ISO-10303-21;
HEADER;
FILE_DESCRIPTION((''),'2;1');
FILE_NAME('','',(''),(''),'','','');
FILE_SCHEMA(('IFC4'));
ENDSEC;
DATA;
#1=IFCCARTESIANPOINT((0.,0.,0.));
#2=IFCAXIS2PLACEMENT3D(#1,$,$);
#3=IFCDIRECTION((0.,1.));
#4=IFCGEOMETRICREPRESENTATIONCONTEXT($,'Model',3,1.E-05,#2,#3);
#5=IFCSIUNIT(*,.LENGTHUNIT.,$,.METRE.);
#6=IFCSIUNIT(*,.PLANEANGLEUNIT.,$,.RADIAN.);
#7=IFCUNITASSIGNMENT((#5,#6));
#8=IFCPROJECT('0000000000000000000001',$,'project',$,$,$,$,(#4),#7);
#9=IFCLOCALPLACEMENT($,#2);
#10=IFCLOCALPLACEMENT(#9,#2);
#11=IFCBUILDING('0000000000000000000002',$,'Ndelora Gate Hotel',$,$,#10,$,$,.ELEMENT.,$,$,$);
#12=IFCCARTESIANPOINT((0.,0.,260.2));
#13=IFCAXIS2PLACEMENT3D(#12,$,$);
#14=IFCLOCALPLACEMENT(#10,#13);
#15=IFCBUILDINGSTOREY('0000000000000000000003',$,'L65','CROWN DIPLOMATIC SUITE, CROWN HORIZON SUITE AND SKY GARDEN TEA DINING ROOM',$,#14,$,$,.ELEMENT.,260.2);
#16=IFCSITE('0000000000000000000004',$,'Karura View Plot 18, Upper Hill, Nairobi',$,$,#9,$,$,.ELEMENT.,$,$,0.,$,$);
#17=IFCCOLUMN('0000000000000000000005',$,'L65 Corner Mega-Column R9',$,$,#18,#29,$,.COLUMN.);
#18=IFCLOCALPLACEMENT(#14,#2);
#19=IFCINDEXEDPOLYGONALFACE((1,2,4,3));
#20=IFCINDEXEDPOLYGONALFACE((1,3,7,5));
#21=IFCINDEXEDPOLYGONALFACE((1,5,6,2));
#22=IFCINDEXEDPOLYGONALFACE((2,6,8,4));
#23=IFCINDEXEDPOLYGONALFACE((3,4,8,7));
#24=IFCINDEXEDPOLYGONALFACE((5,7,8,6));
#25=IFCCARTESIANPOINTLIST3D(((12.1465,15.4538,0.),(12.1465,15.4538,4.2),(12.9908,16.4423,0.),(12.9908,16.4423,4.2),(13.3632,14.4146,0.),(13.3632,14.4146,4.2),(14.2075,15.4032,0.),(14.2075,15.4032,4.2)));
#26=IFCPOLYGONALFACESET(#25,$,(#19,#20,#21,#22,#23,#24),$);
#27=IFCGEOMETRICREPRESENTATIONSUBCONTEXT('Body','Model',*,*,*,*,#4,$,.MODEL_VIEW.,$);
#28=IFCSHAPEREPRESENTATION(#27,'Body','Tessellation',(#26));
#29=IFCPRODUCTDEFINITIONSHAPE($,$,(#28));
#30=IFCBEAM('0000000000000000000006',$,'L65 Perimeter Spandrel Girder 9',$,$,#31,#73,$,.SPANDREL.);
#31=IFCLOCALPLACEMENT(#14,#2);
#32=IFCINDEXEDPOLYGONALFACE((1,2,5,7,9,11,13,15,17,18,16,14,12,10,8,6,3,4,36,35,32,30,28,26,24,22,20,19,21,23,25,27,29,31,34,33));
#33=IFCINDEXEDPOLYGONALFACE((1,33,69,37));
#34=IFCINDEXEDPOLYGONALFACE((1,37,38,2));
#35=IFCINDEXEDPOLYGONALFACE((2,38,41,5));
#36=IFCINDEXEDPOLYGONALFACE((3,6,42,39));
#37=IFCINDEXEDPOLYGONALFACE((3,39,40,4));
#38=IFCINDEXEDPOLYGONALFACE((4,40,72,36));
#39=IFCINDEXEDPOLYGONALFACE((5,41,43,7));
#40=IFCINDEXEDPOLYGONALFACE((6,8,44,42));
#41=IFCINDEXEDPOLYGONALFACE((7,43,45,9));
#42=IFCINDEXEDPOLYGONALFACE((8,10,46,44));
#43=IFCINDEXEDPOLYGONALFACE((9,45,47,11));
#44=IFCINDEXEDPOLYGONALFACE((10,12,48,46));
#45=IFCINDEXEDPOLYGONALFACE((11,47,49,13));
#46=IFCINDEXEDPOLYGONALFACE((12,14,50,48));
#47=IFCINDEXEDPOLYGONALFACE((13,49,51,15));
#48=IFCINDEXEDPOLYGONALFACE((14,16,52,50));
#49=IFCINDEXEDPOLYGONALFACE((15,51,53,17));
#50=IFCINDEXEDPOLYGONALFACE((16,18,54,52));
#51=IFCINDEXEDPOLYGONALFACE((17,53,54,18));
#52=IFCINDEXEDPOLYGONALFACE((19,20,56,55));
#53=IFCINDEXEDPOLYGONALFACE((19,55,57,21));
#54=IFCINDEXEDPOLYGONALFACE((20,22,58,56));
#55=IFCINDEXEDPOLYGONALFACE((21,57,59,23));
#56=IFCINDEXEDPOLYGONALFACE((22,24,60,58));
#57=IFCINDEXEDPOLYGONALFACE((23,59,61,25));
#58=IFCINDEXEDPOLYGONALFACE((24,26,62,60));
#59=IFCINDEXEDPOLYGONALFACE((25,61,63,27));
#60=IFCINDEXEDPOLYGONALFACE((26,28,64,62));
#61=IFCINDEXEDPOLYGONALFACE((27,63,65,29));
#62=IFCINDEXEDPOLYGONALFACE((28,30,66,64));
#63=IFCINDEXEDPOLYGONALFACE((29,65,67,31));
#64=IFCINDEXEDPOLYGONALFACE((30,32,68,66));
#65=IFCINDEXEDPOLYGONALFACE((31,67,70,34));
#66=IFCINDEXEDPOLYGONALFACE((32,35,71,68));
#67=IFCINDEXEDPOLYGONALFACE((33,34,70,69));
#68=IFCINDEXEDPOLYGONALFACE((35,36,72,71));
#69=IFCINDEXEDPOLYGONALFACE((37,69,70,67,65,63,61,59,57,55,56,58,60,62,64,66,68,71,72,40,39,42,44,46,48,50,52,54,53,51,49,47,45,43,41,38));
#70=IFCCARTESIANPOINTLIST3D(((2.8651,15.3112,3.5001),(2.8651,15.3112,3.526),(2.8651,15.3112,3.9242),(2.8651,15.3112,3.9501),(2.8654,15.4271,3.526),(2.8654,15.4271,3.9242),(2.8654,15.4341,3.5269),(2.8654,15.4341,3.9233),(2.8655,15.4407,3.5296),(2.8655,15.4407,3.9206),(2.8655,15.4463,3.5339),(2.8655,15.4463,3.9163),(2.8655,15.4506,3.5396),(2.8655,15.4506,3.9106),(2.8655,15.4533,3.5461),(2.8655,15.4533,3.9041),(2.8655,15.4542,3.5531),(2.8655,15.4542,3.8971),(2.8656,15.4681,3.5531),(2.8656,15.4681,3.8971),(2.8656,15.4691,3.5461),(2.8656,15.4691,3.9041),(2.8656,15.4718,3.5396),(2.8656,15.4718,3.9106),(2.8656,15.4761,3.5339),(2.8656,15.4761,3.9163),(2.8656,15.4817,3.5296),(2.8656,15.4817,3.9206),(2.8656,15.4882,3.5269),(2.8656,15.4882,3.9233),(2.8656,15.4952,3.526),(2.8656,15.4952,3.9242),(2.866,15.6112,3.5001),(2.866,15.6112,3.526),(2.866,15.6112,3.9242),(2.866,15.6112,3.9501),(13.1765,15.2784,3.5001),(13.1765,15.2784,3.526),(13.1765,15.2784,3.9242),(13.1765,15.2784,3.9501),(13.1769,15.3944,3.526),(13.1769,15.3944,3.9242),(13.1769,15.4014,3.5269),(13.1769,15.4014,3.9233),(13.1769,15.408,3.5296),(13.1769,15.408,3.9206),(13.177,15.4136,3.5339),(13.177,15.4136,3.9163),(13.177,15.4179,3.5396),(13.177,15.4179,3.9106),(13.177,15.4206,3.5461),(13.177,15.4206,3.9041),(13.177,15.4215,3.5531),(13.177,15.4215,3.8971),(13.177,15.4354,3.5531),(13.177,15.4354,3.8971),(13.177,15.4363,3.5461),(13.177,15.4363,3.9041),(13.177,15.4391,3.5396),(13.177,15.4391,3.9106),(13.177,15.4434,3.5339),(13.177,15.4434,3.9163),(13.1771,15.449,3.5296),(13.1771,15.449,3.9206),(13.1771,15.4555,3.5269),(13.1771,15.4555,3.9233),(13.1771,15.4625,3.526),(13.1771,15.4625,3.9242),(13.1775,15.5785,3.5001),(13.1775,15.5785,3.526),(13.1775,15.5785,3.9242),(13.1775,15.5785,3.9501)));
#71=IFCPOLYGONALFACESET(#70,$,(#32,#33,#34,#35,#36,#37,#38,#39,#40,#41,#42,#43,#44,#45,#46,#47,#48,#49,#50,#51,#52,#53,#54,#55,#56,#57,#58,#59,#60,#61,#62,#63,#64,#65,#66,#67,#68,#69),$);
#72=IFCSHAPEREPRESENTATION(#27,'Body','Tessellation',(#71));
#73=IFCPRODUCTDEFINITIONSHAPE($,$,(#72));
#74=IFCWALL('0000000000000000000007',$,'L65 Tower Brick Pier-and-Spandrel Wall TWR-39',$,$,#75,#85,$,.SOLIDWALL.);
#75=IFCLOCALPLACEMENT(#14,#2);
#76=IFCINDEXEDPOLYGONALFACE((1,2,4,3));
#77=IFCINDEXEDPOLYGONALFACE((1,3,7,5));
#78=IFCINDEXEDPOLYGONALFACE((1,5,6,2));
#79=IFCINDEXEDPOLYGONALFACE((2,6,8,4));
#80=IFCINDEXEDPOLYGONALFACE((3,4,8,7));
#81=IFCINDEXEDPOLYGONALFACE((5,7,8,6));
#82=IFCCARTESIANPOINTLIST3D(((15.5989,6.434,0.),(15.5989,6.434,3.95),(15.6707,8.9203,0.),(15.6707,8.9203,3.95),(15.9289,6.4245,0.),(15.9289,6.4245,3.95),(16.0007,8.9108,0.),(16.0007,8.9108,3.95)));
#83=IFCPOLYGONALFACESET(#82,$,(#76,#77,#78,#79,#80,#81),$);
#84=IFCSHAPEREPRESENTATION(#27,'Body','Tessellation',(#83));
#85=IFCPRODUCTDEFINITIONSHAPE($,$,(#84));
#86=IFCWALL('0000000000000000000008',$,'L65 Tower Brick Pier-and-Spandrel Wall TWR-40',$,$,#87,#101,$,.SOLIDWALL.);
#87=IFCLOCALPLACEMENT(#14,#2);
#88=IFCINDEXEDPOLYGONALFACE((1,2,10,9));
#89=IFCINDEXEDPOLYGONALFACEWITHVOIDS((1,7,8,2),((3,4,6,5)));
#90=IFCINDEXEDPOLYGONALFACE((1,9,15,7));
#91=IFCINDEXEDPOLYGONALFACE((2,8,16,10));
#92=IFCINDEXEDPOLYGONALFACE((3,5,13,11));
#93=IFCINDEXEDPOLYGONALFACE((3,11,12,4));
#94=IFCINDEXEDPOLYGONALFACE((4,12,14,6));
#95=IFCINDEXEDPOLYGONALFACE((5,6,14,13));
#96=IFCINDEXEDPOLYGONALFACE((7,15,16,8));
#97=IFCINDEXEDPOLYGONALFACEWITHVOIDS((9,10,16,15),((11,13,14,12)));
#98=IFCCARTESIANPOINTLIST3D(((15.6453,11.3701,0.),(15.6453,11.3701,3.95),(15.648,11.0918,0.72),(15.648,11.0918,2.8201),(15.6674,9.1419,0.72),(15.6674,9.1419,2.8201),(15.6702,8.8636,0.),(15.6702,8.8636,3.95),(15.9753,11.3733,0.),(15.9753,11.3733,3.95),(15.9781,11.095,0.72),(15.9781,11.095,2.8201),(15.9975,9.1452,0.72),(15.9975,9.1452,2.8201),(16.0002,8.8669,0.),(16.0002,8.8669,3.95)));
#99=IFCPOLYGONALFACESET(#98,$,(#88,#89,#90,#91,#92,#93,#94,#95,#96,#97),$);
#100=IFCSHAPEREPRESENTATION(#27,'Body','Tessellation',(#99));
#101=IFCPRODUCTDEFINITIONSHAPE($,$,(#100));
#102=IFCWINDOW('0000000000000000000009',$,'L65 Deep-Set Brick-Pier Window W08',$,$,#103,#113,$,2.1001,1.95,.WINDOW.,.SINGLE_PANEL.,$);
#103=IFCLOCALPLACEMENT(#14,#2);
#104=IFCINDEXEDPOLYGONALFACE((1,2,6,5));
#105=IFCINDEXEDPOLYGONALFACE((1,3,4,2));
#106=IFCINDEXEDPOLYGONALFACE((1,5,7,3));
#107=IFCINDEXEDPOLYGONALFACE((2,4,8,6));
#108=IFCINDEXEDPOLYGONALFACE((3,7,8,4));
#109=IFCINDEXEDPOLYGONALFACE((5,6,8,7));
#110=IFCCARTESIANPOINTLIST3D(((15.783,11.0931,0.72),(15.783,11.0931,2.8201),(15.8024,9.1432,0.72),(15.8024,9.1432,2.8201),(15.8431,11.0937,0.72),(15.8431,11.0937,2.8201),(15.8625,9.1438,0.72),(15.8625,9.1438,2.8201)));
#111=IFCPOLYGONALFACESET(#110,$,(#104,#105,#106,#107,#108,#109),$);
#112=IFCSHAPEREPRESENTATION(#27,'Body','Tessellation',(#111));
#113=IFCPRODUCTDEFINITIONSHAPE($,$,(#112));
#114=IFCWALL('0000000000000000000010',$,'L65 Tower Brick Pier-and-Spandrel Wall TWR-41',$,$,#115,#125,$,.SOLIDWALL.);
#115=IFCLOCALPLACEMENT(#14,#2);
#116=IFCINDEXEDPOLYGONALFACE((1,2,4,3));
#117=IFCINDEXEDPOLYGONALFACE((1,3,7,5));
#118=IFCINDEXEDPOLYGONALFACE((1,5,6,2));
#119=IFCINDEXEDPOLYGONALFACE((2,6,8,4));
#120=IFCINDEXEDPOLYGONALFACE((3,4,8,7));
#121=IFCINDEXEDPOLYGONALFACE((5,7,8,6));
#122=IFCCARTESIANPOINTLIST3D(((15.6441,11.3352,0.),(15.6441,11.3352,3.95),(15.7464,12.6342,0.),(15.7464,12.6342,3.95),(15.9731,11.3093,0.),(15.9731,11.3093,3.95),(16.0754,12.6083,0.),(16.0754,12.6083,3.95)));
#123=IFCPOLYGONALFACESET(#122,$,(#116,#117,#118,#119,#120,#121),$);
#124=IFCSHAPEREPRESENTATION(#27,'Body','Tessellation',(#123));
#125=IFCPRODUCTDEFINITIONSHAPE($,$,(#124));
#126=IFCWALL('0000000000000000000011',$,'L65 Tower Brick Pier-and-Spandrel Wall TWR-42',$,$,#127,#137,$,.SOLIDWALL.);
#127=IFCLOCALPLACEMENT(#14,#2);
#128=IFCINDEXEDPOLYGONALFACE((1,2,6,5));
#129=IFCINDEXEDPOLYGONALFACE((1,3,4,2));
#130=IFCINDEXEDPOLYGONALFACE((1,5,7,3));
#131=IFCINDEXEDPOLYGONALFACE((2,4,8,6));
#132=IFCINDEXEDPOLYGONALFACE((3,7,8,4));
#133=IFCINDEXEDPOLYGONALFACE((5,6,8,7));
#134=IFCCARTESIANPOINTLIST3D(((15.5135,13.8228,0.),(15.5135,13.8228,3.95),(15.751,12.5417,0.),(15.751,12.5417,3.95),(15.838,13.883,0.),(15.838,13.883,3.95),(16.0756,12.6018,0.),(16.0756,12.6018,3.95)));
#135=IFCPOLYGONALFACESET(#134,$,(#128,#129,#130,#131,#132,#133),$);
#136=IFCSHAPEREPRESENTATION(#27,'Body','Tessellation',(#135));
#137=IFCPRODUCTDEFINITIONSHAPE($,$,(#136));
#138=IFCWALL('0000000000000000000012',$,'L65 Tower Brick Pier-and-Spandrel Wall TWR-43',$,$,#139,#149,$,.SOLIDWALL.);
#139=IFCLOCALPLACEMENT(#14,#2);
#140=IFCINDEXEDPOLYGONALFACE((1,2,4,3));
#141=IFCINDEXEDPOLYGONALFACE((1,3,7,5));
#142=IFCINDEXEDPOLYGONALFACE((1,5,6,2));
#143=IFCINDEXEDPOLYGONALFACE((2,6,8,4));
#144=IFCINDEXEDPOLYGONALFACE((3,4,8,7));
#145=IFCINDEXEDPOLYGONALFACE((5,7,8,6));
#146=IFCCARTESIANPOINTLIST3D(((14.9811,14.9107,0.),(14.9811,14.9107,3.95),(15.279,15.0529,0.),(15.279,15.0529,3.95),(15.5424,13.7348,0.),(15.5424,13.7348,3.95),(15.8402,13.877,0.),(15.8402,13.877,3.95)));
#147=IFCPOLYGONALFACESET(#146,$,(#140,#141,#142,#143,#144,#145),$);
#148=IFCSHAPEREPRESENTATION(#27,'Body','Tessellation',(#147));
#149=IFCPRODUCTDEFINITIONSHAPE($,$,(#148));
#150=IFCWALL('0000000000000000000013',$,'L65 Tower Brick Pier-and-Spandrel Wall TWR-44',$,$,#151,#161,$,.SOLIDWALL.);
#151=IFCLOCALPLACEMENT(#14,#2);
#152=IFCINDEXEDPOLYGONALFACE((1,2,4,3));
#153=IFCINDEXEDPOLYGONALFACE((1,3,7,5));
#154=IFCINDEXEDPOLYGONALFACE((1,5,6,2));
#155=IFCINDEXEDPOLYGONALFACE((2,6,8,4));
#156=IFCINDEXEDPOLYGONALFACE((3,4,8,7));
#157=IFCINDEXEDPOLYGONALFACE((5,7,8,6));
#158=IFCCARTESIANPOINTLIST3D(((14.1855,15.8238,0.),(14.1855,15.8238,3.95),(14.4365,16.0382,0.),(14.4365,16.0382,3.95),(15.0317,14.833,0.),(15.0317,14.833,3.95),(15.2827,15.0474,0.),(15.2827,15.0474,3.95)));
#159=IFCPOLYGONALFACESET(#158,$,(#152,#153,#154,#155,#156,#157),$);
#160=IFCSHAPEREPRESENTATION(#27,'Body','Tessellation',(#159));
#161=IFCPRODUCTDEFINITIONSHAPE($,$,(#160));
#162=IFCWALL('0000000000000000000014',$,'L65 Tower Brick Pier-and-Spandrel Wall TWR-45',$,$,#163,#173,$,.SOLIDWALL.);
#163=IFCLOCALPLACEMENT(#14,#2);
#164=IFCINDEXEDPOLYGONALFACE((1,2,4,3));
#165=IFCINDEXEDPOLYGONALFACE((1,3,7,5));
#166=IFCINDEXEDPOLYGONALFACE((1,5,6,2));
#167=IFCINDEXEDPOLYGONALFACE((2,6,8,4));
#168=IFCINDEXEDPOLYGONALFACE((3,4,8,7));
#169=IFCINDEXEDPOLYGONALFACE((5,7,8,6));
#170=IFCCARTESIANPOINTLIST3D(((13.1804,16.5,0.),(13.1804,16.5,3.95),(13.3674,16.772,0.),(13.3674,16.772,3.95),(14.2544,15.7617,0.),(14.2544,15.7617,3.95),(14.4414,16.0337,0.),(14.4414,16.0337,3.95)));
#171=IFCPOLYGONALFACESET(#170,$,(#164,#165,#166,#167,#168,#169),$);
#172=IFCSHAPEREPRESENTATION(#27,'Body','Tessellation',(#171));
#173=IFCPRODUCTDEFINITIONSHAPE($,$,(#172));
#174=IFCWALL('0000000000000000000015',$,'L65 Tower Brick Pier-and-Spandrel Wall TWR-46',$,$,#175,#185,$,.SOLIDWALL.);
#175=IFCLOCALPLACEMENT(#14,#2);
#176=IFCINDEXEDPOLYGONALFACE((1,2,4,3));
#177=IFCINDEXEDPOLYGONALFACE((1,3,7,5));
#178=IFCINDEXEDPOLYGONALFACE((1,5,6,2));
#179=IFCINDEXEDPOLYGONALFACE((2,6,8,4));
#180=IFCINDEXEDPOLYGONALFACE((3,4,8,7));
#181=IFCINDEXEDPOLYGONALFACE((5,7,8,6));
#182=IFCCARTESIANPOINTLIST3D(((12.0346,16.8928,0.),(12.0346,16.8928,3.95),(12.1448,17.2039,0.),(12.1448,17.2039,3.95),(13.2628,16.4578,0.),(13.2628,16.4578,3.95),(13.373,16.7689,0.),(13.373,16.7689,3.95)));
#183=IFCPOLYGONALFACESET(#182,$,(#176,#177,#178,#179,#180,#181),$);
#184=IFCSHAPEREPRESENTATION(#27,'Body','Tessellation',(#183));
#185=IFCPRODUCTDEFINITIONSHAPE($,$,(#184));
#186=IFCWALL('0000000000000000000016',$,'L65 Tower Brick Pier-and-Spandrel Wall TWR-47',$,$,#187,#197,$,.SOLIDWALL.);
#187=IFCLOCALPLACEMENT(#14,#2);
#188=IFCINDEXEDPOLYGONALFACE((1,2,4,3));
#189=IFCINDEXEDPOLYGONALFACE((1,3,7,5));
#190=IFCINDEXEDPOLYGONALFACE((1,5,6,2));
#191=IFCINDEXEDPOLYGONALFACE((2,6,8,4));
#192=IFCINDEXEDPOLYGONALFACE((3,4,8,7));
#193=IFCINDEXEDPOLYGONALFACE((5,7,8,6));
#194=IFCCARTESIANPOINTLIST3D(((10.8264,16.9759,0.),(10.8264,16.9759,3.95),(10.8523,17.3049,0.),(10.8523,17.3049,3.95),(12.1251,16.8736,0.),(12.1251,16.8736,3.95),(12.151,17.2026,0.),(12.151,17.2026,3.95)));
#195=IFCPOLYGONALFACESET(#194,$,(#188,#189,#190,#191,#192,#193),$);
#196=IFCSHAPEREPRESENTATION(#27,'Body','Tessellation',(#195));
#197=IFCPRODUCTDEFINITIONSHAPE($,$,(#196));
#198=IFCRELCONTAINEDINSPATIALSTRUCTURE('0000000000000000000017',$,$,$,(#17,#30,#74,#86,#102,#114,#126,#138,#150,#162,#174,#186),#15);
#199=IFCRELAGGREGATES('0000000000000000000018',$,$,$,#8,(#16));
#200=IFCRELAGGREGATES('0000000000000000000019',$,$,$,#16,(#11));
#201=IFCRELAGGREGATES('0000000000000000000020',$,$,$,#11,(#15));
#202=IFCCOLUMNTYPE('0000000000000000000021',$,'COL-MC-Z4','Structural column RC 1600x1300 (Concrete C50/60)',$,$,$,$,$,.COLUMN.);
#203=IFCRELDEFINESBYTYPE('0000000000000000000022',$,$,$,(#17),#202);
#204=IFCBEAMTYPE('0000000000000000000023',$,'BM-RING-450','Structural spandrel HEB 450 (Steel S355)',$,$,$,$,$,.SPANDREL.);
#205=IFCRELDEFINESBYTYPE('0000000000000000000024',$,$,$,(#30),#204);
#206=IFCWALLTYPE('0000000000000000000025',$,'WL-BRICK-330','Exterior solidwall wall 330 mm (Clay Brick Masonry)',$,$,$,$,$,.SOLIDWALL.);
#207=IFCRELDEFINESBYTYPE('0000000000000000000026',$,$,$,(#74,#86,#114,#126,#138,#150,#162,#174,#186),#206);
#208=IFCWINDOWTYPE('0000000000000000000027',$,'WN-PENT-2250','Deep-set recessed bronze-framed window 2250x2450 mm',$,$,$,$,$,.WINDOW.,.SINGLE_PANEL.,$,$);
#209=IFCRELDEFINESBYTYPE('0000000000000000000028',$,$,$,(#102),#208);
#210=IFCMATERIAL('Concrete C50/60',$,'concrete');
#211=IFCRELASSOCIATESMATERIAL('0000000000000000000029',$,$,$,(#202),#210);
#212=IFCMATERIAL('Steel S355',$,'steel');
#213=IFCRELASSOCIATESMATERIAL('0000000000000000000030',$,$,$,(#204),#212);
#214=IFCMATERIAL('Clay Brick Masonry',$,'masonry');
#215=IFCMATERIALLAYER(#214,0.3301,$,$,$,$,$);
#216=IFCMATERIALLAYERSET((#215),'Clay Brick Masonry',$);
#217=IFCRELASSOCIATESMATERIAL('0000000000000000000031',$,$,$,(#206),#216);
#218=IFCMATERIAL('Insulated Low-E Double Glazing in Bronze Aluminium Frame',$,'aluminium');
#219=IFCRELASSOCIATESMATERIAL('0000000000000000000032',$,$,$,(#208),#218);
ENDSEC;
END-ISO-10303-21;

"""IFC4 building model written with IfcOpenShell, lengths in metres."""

from ifc_helpers import new_model, si_unit, direction, frame, frame_2d, origin, origin_2d, place, context, subcontext, project, spatial, rectangle, i_section, extrude, material, layer, layer_set, material_profile, profile_set, type_object, element, fill, save


model = new_model("IFC4")

# Units and contexts
model_context = context("Model", 3, precision=1e-05, world=origin(), true_north=direction((0.0, 1.0)))
body_context = subcontext(model_context, "Body", "Model", "MODEL_VIEW")
ifc_project = project(units=[si_unit("LENGTHUNIT", "METRE"), si_unit("PLANEANGLEUNIT", "RADIAN")], contexts=[model_context])

# Site, building, storey
site_placement = place(None, origin())
site = spatial("IfcSite", under=ifc_project, at=site_placement, Name="Karura View Plot 18, Upper Hill, Nairobi", CompositionType="ELEMENT", RefElevation=0.0)
building_placement = place(site_placement, origin())
building = spatial("IfcBuilding", under=site, at=building_placement, Name="Ndelora Gate Hotel", CompositionType="ELEMENT")
storey_placement = place(building_placement, frame((0.0, 0.0, 260.2)))
storey = spatial("IfcBuildingStorey", under=building, at=storey_placement, Name="L65", Description="CROWN DIPLOMATIC SUITE, CROWN HORIZON SUITE AND SKY GARDEN TEA DINING ROOM", CompositionType="ELEMENT", Elevation=260.2)

# Column
ifc_material_1 = material(Name="Concrete C50/60", Category="concrete")
ifc_material_profile_1 = material_profile(ifc_material_1, rectangle(XDim=1.3, YDim=1.6001, at=origin_2d()), Name="RC 1600x1300")
ifc_profile_set_1 = profile_set([ifc_material_profile_1], Name="Concrete C50/60")
column_type = type_object("IfcColumnType", Name="COL-MC-Z4", Description="Structural column RC 1600x1300 (Concrete C50/60)", PredefinedType="COLUMN", material=ifc_profile_set_1)
column_placement = place(storey_placement, frame((13.177, 15.4285, 0.0), z_axis=(0.0, 0.0, 1.0), x_axis=(0.649448, 0.760406, 0.0)))
element("IfcColumn", 1, at=column_placement, inside=storey, type_object=column_type, Name="L65 Corner Mega-Column R9", PredefinedType="COLUMN", context=body_context, shape_type="SweptSolid", body=[
    extrude(rectangle(XDim=1.3, YDim=1.6001, at=origin_2d()), origin(), (0.0, 0.0, 1.0), 4.2),
])

# Beam
ifc_material_2 = material(Name="Steel S355", Category="steel")
ifc_material_profile_2 = material_profile(ifc_material_2, i_section(OverallWidth=0.3, OverallDepth=0.45, WebThickness=0.0139, FlangeThickness=0.0259, FilletRadius=0.0271, at=origin_2d()), Name="HEB 450")
ifc_profile_set_2 = profile_set([ifc_material_profile_2], Name="Steel S355")
beam_type = type_object("IfcBeamType", Name="BM-RING-450", Description="Structural spandrel HEB 450 (Steel S355)", PredefinedType="SPANDREL", material=ifc_profile_set_2)
beam_placement = place(storey_placement, frame((13.177, 15.4285, 3.7251), z_axis=(-0.999995, 0.003173, 0.0), x_axis=(-0.003173, -0.999995, 0.0)))
element("IfcBeam", 2, at=beam_placement, inside=storey, type_object=beam_type, Name="L65 Perimeter Spandrel Girder 9", PredefinedType="SPANDREL", context=body_context, shape_type="SweptSolid", body=[
    extrude(i_section(OverallWidth=0.3, OverallDepth=0.45, WebThickness=0.0139, FlangeThickness=0.0259, FilletRadius=0.0271, at=origin_2d()), origin(), (0.0, 0.0, 1.0), 10.3115),
])

# Wall
ifc_material_3 = material(Name="Clay Brick Masonry", Category="masonry")
ifc_layer_1 = layer(ifc_material_3, 0.3301)
ifc_layer_set_1 = layer_set([ifc_layer_1], Name="Clay Brick Masonry")
wall_type_1 = type_object("IfcWallType", Name="WL-BRICK-330", Description="Exterior solidwall wall 330 mm (Clay Brick Masonry)", PredefinedType="SOLIDWALL", material=ifc_layer_set_1)
wall_1_placement = place(storey_placement, frame((15.8357, 8.9155, 0.0), z_axis=(0.0, 0.0, 1.0), x_axis=(-0.028857, -0.999584, 0.0)))
element("IfcWall", 3, at=wall_1_placement, inside=storey, type_object=wall_type_1, Name="L65 Tower Brick Pier-and-Spandrel Wall TWR-39", PredefinedType="SOLIDWALL", context=body_context, shape_type="SweptSolid", body=[
    extrude(rectangle(XDim=2.4873, YDim=0.3301, at=frame_2d((1.2437, 0.0))), origin(), (0.0, 0.0, 1.0), 3.95),
])

# Wall, opening, window
wall_2_placement = place(storey_placement, frame((15.8103, 11.3718, 0.0), z_axis=(0.0, 0.0, 1.0), x_axis=(0.009935, -0.999951, 0.0)))
wall_2 = element("IfcWall", 4, at=wall_2_placement, inside=storey, type_object=wall_type_1, Name="L65 Tower Brick Pier-and-Spandrel Wall TWR-40", PredefinedType="SOLIDWALL", context=body_context, shape_type="SweptSolid", body=[
    extrude(rectangle(XDim=2.5066, YDim=0.3301, at=frame_2d((1.2534, 0.0))), origin(), (0.0, 0.0, 1.0), 3.95),
])
opening_1_placement = place(wall_2_placement, frame((0.2783, 0.0, 0.72)))
opening_1 = element("IfcOpeningElement", 5, at=opening_1_placement, cuts=wall_2, PredefinedType="OPENING", context=body_context, shape_type="SweptSolid", body=[
    extrude(rectangle(XDim=1.95, YDim=2.1001, at=frame_2d((0.9751, 1.05))), frame((0.0, 0.175, 0.0), z_axis=(0.0, -1.0, 0.0), x_axis=(1.0, 0.0, 0.0)), (0.0, 0.0, 1.0), 0.3501),
])
ifc_material_4 = material(Name="Insulated Low-E Double Glazing in Bronze Aluminium Frame", Category="aluminium")
window_type = type_object("IfcWindowType", Name="WN-PENT-2250", Description="Deep-set recessed bronze-framed window 2250x2450 mm", PartitioningType="SINGLE_PANEL", PredefinedType="WINDOW", material=ifc_material_4)
window_placement = place(opening_1_placement, origin())
window = element("IfcWindow", 6, at=window_placement, inside=storey, type_object=window_type, Name="L65 Deep-Set Brick-Pier Window W08", OverallHeight=2.1001, OverallWidth=1.95, PartitioningType="SINGLE_PANEL", PredefinedType="WINDOW", context=body_context, shape_type="SweptSolid", body=[
    extrude(rectangle(XDim=1.95, YDim=2.1001, at=frame_2d((0.9751, 1.05))), frame((0.0, 0.03, 0.0), z_axis=(0.0, -1.0, 0.0), x_axis=(1.0, 0.0, 0.0)), (0.0, 0.0, 1.0), 0.0601),
])
fill(opening_1, window)

# Walls
for number, where, z_axis, x_axis, name in (
    (7, (15.9109, 12.6211, 0.0), (0.0, 0.0, 1.0), (-0.078502, -0.996914, 0.0), "L65 Tower Brick Pier-and-Spandrel Wall TWR-41"),
    (8, (15.6758, 13.8528, 0.0), (0.0, 0.0, 1.0), (0.182297, -0.983243, 0.0), "L65 Tower Brick Pier-and-Spandrel Wall TWR-42"),
    (9, (15.1301, 14.9817, 0.0), (0.0, 0.0, 1.0), (0.430726, -0.902483, 0.0), "L65 Tower Brick Pier-and-Spandrel Wall TWR-43"),
    (10, (14.311, 15.9309, 0.0), (0.0, 0.0, 1.0), (0.649463, -0.760393, 0.0), "L65 Tower Brick Pier-and-Spandrel Wall TWR-44"),
):
    element("IfcWall", number, at=place(storey_placement, frame(where, z_axis=z_axis, x_axis=x_axis)), inside=storey, type_object=wall_type_1, Name=name, PredefinedType="SOLIDWALL", context=body_context, shape_type="SweptSolid", body=[
        extrude(rectangle(XDim=1.303, YDim=0.3301, at=frame_2d((0.6514, 0.0))), origin(), (0.0, 0.0, 1.0), 3.95),
    ])
wall_3_placement = place(storey_placement, frame((13.2739, 16.636, 0.0), z_axis=(0.0, 0.0, 1.0), x_axis=(0.824069, -0.566489, 0.0)))
element("IfcWall", 11, at=wall_3_placement, inside=storey, type_object=wall_type_1, Name="L65 Tower Brick Pier-and-Spandrel Wall TWR-45", PredefinedType="SOLIDWALL", context=body_context, shape_type="SweptSolid", body=[
    extrude(rectangle(XDim=1.3032, YDim=0.3301, at=frame_2d((0.6516, 0.0))), origin(), (0.0, 0.0, 1.0), 3.95),
])
wall_4_placement = place(storey_placement, frame((12.0898, 17.0483, 0.0), z_axis=(0.0, 0.0, 1.0), x_axis=(0.942616, -0.333878, 0.0)))
element("IfcWall", 12, at=wall_4_placement, inside=storey, type_object=wall_type_1, Name="L65 Tower Brick Pier-and-Spandrel Wall TWR-46", PredefinedType="SOLIDWALL", context=body_context, shape_type="SweptSolid", body=[
    extrude(rectangle(XDim=1.303, YDim=0.3301, at=frame_2d((0.6514, 0.0))), origin(), (0.0, 0.0, 1.0), 3.95),
])
wall_5_placement = place(storey_placement, frame((10.8394, 17.1404, 0.0), z_axis=(0.0, 0.0, 1.0), x_axis=(0.996913, -0.078516, 0.0)))
element("IfcWall", 13, at=wall_5_placement, inside=storey, type_object=wall_type_1, Name="L65 Tower Brick Pier-and-Spandrel Wall TWR-47", PredefinedType="SOLIDWALL", context=body_context, shape_type="SweptSolid", body=[
    extrude(rectangle(XDim=1.3027, YDim=0.3301, at=frame_2d((0.6514, 0.0))), origin(), (0.0, 0.0, 1.0), 3.95),
])

save(model, "model.ifc")
